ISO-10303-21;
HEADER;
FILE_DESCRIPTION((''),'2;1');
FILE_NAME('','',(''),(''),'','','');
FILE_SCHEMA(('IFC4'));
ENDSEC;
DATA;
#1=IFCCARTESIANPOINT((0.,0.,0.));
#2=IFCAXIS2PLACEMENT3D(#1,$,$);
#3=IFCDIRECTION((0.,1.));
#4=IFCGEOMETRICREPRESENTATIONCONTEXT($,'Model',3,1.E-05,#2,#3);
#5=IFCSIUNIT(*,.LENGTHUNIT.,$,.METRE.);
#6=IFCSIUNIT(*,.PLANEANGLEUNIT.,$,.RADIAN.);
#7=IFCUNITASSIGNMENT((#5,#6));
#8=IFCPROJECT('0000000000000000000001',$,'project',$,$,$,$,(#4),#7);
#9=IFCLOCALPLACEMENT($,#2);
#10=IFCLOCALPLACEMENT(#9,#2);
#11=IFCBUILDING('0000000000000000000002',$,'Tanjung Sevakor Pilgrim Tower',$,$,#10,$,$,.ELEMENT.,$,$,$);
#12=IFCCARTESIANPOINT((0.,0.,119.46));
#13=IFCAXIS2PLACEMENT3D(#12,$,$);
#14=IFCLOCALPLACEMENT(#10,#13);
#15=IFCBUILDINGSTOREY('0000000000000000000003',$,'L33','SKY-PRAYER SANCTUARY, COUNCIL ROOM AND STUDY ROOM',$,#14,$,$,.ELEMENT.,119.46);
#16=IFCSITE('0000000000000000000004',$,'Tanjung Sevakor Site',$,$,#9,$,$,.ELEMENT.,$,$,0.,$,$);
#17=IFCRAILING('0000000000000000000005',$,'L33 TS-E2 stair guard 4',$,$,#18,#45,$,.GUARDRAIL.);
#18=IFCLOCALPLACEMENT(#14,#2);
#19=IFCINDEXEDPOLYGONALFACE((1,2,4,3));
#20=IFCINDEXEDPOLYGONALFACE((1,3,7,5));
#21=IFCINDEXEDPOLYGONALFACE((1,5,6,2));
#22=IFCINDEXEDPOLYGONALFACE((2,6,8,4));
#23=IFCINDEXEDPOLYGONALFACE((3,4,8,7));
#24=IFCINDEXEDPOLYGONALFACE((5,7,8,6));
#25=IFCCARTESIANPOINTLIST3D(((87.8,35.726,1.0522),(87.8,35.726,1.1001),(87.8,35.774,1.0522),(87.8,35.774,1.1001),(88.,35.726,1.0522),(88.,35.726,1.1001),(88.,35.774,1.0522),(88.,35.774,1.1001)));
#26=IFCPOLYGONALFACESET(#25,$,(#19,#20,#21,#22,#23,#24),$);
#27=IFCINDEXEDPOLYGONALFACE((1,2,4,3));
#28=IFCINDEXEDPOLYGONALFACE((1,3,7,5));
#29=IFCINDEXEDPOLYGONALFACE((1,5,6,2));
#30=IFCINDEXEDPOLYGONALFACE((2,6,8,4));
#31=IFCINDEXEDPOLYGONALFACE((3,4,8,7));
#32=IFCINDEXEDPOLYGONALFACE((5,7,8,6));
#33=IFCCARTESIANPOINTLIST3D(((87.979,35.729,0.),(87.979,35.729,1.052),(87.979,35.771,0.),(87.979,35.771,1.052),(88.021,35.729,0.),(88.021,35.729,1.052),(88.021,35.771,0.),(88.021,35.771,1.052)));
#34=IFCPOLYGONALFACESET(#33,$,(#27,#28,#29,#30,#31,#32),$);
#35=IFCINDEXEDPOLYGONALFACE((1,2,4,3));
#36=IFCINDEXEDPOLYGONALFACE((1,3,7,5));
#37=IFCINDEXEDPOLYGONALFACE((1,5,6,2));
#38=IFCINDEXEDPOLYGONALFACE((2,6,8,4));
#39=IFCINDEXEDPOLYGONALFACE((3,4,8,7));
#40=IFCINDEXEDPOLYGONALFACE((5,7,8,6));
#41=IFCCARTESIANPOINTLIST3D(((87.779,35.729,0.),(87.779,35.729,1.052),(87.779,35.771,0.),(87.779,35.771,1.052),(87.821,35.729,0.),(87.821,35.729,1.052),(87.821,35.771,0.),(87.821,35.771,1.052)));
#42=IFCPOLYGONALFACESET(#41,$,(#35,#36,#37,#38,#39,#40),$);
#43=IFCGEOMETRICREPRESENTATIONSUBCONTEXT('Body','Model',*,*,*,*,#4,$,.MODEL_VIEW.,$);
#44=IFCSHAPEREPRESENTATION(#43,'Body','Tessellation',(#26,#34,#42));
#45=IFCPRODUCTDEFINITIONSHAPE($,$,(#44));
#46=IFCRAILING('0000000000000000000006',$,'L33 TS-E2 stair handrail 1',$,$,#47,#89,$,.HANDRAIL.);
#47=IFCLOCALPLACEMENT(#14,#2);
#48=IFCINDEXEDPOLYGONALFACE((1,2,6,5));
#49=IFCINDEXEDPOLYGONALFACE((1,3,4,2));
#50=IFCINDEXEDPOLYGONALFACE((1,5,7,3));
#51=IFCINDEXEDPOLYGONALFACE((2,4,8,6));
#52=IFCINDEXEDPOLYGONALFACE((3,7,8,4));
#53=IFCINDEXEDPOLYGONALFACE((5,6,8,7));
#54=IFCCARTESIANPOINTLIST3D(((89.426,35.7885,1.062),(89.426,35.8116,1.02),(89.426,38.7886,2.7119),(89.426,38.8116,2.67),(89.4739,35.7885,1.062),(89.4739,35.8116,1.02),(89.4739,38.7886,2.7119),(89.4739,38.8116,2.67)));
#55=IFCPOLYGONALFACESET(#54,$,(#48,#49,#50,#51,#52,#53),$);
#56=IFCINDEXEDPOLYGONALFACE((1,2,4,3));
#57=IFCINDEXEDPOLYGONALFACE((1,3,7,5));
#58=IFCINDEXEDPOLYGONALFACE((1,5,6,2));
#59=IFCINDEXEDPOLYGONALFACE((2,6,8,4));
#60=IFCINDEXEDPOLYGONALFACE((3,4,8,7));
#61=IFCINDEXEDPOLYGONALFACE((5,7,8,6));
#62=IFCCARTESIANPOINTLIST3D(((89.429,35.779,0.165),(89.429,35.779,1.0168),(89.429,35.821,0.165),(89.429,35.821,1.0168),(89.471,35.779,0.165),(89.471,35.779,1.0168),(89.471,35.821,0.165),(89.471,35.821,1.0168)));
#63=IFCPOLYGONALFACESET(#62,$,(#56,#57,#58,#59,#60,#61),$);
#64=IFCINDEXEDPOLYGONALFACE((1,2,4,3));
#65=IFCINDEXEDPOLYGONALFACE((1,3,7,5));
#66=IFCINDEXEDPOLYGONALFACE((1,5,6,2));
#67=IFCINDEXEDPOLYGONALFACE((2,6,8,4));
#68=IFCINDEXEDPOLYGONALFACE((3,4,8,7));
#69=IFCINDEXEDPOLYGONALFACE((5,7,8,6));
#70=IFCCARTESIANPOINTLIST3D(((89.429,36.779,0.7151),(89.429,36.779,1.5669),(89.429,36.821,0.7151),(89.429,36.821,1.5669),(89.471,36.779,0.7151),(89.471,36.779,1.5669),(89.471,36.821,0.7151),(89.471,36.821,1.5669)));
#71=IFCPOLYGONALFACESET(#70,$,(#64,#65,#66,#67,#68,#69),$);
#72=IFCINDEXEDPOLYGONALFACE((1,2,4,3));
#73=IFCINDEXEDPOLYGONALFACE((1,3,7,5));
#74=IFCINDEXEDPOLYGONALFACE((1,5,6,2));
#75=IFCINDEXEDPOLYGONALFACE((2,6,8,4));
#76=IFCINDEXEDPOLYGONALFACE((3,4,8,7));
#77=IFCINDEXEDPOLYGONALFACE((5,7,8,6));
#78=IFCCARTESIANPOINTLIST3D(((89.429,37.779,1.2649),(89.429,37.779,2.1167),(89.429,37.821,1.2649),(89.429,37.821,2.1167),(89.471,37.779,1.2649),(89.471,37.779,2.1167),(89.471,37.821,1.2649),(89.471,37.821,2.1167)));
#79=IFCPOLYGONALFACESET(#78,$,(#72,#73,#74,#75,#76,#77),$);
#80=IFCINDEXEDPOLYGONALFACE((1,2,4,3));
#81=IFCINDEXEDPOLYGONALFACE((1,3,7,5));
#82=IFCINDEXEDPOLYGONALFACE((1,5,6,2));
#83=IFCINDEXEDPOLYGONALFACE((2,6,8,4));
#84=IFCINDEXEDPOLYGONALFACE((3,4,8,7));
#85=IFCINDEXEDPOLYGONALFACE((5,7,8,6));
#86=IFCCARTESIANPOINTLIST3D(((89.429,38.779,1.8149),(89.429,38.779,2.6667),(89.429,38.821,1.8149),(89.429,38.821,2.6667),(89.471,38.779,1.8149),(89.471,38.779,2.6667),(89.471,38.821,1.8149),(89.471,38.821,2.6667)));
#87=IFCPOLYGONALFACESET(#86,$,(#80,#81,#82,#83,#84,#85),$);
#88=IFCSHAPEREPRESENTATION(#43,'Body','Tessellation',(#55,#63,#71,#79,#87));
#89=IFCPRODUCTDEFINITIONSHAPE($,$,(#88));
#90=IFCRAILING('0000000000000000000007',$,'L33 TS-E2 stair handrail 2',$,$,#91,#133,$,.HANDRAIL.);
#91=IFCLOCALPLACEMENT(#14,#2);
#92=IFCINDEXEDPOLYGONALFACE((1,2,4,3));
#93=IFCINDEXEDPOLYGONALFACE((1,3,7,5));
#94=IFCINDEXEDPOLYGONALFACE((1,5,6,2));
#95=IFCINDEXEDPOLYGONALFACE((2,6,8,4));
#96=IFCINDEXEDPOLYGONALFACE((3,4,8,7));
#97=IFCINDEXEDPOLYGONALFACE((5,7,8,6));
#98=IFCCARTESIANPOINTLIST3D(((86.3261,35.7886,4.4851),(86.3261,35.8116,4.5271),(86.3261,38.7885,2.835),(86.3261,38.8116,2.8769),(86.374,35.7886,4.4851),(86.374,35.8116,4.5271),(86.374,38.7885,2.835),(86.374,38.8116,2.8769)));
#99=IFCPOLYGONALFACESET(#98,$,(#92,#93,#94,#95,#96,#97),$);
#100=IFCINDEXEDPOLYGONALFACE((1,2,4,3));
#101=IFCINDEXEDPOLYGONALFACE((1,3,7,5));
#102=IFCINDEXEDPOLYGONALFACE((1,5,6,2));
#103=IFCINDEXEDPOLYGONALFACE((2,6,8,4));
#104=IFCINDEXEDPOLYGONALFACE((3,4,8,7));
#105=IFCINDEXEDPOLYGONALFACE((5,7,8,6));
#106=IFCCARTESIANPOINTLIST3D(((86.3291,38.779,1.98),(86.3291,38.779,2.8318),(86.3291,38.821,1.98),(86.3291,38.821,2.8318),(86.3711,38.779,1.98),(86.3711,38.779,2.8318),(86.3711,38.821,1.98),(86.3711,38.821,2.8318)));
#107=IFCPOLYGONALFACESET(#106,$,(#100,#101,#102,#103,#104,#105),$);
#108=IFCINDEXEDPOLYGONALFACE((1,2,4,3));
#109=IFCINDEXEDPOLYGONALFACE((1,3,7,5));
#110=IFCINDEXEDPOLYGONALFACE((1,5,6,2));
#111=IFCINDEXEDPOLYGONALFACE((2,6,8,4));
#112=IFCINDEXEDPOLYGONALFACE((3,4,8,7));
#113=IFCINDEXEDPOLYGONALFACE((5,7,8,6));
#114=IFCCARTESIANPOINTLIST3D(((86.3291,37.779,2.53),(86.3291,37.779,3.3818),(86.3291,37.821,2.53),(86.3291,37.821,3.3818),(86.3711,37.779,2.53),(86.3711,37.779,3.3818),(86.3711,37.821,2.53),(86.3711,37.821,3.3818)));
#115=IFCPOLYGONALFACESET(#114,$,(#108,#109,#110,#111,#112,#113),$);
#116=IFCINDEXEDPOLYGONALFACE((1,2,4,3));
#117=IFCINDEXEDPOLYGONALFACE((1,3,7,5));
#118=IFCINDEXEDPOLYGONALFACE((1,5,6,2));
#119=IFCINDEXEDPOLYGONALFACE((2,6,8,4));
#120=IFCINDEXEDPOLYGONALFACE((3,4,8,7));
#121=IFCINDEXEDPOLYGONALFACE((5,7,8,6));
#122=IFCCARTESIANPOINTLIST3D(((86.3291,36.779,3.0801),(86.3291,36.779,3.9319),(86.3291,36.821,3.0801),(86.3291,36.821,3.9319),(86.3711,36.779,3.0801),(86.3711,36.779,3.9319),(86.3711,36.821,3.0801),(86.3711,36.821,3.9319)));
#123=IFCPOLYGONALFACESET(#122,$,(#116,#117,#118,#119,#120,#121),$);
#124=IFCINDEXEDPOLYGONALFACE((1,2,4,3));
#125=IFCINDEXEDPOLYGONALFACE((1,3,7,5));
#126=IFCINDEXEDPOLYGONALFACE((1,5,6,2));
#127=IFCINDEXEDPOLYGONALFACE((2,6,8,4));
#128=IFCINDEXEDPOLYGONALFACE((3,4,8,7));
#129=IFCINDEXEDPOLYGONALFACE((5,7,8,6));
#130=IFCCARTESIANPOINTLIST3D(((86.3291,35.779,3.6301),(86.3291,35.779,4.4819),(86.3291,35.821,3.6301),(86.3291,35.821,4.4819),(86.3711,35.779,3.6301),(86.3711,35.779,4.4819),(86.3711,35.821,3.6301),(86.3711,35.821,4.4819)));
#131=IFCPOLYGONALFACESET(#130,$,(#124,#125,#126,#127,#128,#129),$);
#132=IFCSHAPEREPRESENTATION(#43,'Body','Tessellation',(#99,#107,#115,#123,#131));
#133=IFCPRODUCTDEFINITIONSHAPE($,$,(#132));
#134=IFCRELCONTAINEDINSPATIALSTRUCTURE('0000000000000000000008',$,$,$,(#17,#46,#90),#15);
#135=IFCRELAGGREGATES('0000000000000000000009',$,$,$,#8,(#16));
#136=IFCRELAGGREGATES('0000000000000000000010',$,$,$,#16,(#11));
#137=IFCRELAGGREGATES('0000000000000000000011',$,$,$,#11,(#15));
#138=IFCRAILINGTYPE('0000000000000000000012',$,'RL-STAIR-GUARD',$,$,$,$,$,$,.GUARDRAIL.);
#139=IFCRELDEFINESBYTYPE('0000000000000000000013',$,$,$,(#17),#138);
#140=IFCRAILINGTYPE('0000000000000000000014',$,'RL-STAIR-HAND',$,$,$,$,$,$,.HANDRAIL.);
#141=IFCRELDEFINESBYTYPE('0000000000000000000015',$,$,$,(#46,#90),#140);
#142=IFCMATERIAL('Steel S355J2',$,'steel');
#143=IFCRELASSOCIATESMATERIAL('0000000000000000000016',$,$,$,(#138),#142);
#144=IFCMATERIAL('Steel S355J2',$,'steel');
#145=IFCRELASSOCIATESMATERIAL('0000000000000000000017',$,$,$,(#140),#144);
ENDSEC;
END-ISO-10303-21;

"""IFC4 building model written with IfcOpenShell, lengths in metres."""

from ifc_helpers import new_model, si_unit, direction, frame, origin, place, context, subcontext, project, spatial, rectangle, extrude, material, type_object, element, save


model = new_model("IFC4")

# Units and contexts
model_context = context("Model", 3, precision=1e-05, world=origin(), true_north=direction((0.0, 1.0)))
body_context = subcontext(model_context, "Body", "Model", "MODEL_VIEW")
ifc_project = project(units=[si_unit("LENGTHUNIT", "METRE"), si_unit("PLANEANGLEUNIT", "RADIAN")], contexts=[model_context])

# Site, building, storey
site_placement = place(None, origin())
site = spatial("IfcSite", under=ifc_project, at=site_placement, Name="Tanjung Sevakor Site", CompositionType="ELEMENT", RefElevation=0.0)
building_placement = place(site_placement, origin())
building = spatial("IfcBuilding", under=site, at=building_placement, Name="Tanjung Sevakor Pilgrim Tower", CompositionType="ELEMENT")
storey_placement = place(building_placement, frame((0.0, 0.0, 119.46)))
storey = spatial("IfcBuildingStorey", under=building, at=storey_placement, Name="L33", Description="SKY-PRAYER SANCTUARY, COUNCIL ROOM AND STUDY ROOM", CompositionType="ELEMENT", Elevation=119.46)

# Railings
ifc_material_1 = material(Name="Steel S355J2", Category="steel")
railing_type_1 = type_object("IfcRailingType", Name="RL-STAIR-GUARD", PredefinedType="GUARDRAIL", material=ifc_material_1)
railing_1_placement = place(storey_placement, frame((88.0, 35.75, 0.0)))
element("IfcRailing", 1, at=railing_1_placement, inside=storey, type_object=railing_type_1, Name="L33 TS-E2 stair guard 4", PredefinedType="GUARDRAIL", context=body_context, shape_type="SweptSolid", body=[
    extrude(rectangle(XDim=0.0479, YDim=0.0479), frame((0.0, 0.0, 1.0762), z_axis=(-1.0, 0.0, 0.0), x_axis=(0.0, -1.0, 0.0)), (0.0, 0.0, 1.0), 0.2),
    extrude(rectangle(XDim=0.042, YDim=0.042), origin(), (0.0, 0.0, 1.0), 1.052),
    extrude(rectangle(XDim=0.042, YDim=0.042), frame((-0.2, 0.0, 0.0)), (0.0, 0.0, 1.0), 1.052),
])
ifc_material_2 = material(Name="Steel S355J2", Category="steel")
railing_type_2 = type_object("IfcRailingType", Name="RL-STAIR-HAND", PredefinedType="HANDRAIL", material=ifc_material_2)
railing_2_placement = place(storey_placement, frame((89.45, 35.8, 0.165)))
element("IfcRailing", 2, at=railing_2_placement, inside=storey, type_object=railing_type_2, Name="L33 TS-E2 stair handrail 1", PredefinedType="HANDRAIL", context=body_context, shape_type="SweptSolid", body=[
    extrude(rectangle(XDim=0.0479, YDim=0.0479), frame((0.0, 0.0, 0.876), z_axis=(0.0, 0.876228, 0.481897), x_axis=(-1.0, 0.0, 0.0)), (0.0, 0.0, 1.0), 3.4238),
    extrude(rectangle(XDim=0.042, YDim=0.042), origin(), (0.0, 0.0, 1.0), 0.8518),
    extrude(rectangle(XDim=0.042, YDim=0.042), frame((0.0, 1.0, 0.55)), (0.0, 0.0, 1.0), 0.8518),
    extrude(rectangle(XDim=0.042, YDim=0.042), frame((0.0, 2.0, 1.0999)), (0.0, 0.0, 1.0), 0.8518),
    extrude(rectangle(XDim=0.042, YDim=0.042), frame((0.0, 3.0, 1.6499)), (0.0, 0.0, 1.0), 0.8518),
])
railing_3_placement = place(storey_placement, frame((86.3501, 38.8, 1.98)))
element("IfcRailing", 3, at=railing_3_placement, inside=storey, type_object=railing_type_2, Name="L33 TS-E2 stair handrail 2", PredefinedType="HANDRAIL", context=body_context, shape_type="SweptSolid", body=[
    extrude(rectangle(XDim=0.0479, YDim=0.0479), frame((0.0, 0.0, 0.876), z_axis=(0.0, -0.876198, 0.481952), x_axis=(1.0, 0.0, 0.0)), (0.0, 0.0, 1.0), 3.4238),
    extrude(rectangle(XDim=0.042, YDim=0.042), origin(), (0.0, 0.0, 1.0), 0.8518),
    extrude(rectangle(XDim=0.042, YDim=0.042), frame((0.0, -1.0, 0.55)), (0.0, 0.0, 1.0), 0.8518),
    extrude(rectangle(XDim=0.042, YDim=0.042), frame((0.0, -2.0, 1.1001)), (0.0, 0.0, 1.0), 0.8518),
    extrude(rectangle(XDim=0.042, YDim=0.042), frame((0.0, -3.0, 1.6501)), (0.0, 0.0, 1.0), 0.8518),
])

save(model, "model.ifc")
